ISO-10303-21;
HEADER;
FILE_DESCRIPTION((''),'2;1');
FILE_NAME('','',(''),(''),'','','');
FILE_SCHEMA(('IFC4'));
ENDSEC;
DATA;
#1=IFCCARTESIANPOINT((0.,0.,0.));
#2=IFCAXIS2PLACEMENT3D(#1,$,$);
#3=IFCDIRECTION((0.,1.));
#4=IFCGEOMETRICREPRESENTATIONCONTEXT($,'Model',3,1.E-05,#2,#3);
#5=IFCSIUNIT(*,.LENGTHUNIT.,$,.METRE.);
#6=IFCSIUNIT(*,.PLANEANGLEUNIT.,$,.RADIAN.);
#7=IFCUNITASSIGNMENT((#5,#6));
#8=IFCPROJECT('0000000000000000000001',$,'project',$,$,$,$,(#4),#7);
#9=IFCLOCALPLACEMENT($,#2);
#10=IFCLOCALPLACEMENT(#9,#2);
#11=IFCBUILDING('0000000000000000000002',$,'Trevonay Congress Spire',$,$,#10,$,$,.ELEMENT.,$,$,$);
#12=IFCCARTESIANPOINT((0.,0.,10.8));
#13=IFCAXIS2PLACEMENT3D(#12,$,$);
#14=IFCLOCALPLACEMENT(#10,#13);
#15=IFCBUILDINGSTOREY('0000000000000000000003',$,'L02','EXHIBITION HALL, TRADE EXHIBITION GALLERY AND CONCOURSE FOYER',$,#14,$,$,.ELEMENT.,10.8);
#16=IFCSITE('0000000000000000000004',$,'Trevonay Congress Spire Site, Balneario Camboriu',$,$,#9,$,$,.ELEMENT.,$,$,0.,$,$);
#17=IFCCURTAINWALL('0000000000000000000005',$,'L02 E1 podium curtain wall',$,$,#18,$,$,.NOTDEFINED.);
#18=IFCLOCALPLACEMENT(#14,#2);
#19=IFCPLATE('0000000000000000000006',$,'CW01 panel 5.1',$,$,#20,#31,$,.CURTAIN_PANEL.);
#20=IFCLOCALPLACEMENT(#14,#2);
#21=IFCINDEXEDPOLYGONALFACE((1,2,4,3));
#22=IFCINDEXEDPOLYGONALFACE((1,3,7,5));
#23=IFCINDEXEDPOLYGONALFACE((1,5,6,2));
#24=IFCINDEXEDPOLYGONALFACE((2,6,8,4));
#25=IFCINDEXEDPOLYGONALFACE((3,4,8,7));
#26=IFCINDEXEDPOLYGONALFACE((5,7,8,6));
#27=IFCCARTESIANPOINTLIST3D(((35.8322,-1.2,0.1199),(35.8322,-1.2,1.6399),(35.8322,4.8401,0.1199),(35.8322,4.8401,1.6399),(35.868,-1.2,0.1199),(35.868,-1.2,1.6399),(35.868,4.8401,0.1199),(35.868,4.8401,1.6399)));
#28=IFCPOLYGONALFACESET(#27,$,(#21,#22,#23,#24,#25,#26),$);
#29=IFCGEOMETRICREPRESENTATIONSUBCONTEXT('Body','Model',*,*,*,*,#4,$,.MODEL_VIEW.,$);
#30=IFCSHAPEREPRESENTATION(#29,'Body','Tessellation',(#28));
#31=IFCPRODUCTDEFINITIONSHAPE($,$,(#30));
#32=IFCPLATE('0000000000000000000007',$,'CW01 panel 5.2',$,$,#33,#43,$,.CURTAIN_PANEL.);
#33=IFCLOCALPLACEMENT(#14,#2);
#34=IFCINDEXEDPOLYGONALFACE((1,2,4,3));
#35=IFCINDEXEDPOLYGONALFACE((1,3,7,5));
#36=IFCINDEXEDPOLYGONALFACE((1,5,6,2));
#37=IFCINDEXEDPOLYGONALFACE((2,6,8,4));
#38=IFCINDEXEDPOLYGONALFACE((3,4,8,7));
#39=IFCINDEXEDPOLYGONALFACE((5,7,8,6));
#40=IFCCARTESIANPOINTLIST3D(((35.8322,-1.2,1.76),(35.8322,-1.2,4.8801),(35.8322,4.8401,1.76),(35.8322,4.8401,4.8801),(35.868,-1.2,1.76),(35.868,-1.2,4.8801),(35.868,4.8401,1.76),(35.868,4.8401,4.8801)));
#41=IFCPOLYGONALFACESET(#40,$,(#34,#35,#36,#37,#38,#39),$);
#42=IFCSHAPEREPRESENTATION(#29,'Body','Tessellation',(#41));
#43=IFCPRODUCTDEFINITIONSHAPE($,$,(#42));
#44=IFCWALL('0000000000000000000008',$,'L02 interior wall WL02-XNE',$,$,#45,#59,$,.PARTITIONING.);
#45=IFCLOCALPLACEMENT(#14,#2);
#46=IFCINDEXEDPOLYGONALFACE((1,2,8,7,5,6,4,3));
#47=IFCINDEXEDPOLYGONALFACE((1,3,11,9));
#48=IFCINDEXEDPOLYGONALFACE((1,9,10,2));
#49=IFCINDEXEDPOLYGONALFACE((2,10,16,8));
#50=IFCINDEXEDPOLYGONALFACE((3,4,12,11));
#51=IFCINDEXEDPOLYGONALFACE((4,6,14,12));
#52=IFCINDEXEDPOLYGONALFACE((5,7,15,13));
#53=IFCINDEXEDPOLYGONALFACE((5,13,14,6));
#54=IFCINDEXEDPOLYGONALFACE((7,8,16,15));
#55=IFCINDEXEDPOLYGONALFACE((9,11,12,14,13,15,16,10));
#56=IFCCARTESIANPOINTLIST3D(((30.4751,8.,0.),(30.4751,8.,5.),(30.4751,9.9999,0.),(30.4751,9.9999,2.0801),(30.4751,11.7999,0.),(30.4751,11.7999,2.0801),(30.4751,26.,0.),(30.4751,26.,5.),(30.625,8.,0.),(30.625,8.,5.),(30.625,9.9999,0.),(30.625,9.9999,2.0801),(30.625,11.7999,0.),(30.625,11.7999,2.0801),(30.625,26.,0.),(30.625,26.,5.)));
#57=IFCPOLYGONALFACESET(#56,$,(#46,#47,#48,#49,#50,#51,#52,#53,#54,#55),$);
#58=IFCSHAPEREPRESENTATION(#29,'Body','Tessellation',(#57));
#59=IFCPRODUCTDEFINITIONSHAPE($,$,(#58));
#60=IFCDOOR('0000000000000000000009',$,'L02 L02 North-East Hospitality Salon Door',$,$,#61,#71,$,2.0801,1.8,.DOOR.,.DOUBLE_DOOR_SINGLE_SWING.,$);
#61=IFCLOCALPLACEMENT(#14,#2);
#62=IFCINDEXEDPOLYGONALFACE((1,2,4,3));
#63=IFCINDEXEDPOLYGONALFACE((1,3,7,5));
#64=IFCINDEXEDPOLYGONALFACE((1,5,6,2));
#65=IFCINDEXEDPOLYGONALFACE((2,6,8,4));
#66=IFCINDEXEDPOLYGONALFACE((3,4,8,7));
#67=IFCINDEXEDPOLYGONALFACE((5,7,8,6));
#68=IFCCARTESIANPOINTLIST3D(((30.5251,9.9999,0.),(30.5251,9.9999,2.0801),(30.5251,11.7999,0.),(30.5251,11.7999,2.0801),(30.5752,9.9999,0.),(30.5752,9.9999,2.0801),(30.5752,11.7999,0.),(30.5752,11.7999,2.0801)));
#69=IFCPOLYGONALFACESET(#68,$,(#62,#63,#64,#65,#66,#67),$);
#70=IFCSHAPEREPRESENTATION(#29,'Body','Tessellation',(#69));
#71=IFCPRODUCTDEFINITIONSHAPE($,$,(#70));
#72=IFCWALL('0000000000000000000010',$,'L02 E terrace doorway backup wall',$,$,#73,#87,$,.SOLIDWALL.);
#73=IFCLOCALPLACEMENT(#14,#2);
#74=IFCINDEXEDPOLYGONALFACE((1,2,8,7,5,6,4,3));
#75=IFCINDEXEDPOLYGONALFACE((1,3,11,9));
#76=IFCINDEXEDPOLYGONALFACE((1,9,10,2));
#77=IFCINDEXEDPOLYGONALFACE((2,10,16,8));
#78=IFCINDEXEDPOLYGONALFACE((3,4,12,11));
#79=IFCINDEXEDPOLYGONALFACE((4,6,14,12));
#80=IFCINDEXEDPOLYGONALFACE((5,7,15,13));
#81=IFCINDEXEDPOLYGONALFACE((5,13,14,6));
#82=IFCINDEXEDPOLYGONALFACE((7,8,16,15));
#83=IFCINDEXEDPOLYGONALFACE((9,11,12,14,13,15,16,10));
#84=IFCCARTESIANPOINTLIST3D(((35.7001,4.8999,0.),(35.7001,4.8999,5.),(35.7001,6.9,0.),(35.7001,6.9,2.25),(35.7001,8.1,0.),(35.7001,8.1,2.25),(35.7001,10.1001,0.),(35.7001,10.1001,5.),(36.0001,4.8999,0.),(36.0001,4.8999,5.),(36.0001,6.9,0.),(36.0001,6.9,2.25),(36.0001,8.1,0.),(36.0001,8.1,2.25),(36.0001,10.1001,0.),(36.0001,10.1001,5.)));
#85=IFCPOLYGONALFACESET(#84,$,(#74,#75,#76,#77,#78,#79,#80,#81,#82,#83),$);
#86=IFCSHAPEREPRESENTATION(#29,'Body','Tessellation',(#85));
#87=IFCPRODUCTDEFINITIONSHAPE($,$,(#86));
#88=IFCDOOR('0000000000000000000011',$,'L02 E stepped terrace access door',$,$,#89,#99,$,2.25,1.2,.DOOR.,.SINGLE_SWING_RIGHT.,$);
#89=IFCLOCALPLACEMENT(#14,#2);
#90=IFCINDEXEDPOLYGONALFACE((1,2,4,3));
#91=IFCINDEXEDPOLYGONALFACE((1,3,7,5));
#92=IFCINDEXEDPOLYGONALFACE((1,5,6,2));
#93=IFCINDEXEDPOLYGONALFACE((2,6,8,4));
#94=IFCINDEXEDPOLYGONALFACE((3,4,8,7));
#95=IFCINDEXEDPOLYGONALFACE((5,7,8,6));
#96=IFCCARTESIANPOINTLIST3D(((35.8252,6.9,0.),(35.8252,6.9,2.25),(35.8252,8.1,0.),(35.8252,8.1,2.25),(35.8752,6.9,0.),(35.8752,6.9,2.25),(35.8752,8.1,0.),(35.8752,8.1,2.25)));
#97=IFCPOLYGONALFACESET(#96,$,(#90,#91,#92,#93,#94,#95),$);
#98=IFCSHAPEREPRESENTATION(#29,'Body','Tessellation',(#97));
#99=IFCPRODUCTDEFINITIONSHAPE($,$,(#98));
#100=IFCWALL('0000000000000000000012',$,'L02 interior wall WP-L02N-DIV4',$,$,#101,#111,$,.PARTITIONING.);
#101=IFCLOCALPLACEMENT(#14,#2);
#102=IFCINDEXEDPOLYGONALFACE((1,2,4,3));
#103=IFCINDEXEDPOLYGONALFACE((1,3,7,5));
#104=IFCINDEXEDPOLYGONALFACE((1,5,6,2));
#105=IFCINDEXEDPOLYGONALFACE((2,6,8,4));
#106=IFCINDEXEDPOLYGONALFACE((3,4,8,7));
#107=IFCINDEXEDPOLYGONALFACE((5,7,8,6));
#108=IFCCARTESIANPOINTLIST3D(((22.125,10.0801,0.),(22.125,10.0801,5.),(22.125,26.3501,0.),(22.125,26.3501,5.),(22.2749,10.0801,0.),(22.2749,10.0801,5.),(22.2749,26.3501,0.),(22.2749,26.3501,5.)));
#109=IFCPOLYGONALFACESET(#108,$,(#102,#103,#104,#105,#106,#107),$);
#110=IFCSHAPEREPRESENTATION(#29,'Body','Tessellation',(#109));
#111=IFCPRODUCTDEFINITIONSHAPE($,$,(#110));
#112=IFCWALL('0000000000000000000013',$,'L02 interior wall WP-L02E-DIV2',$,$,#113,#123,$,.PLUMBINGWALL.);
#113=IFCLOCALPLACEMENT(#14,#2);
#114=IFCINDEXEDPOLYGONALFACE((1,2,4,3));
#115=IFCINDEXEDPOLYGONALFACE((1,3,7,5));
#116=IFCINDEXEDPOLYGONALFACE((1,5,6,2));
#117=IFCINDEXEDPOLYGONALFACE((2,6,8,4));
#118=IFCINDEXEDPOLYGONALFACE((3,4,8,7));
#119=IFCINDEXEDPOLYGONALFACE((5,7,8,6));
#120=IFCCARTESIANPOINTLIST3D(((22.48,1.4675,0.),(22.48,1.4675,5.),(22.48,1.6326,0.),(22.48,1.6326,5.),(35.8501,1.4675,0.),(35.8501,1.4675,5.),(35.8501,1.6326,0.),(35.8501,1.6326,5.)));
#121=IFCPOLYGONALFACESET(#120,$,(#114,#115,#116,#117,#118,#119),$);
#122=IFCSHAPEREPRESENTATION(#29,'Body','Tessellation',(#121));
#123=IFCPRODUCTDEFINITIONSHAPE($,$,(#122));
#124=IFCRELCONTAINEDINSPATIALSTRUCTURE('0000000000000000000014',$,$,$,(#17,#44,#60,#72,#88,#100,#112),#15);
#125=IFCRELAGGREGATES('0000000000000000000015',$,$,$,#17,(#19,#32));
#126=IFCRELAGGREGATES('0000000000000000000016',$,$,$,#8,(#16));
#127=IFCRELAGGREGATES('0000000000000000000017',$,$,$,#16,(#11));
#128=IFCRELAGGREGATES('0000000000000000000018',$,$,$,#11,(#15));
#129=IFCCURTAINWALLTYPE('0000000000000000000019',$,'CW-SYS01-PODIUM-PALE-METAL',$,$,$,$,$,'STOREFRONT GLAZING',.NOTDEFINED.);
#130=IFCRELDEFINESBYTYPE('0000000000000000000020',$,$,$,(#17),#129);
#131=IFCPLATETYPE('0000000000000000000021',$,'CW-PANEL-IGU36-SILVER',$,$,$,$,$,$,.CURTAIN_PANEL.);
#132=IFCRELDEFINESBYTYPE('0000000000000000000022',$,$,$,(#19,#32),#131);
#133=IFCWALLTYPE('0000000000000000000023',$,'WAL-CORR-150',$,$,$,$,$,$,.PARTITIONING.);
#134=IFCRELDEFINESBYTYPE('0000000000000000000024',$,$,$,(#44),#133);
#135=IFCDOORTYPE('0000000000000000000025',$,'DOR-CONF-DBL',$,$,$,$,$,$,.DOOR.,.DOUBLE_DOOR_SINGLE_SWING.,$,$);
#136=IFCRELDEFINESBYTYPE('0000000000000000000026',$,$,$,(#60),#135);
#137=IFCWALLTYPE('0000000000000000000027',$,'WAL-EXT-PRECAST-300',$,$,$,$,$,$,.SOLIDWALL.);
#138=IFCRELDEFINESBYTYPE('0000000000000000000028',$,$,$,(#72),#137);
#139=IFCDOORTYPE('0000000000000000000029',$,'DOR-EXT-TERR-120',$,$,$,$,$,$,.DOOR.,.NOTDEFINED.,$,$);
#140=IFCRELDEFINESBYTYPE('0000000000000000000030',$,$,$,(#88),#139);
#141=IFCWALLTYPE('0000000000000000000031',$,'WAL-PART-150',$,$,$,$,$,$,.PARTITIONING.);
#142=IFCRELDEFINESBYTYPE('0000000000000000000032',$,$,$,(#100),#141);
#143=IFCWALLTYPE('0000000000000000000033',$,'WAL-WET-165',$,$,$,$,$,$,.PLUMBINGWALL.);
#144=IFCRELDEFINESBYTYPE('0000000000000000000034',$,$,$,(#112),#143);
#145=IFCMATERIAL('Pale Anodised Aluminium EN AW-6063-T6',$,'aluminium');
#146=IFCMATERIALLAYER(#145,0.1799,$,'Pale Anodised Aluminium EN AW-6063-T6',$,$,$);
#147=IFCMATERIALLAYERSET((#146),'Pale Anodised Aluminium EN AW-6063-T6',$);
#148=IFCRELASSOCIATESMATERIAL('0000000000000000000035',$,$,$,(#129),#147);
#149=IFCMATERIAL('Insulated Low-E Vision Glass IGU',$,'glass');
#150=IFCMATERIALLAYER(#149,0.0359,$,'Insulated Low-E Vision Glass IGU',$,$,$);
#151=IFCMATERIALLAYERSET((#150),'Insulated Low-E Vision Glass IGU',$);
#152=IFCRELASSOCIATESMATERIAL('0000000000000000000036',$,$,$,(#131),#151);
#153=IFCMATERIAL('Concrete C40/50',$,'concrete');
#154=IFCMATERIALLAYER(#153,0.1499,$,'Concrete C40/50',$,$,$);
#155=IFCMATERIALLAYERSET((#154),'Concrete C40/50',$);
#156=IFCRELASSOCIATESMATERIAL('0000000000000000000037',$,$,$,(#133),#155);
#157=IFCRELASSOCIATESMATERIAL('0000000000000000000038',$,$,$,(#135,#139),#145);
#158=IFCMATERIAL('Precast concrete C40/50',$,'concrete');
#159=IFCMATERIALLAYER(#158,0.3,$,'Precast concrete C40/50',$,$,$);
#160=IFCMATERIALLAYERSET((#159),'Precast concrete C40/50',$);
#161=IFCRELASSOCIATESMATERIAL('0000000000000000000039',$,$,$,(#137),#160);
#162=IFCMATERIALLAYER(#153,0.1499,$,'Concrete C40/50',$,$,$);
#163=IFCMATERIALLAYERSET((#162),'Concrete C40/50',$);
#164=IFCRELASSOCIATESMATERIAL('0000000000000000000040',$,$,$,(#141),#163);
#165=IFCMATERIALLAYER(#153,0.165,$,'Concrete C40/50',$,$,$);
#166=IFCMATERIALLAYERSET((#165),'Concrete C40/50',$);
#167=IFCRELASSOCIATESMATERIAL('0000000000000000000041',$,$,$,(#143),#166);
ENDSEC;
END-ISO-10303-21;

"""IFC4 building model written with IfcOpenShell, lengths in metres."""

from ifc_helpers import new_model, si_unit, direction, frame, frame_2d, origin, origin_2d, place, context, subcontext, project, spatial, rectangle, extrude, material, layer, layer_set, type_object, element, fill, aggregate, save


model = new_model("IFC4")

# Units and contexts
model_context = context("Model", 3, precision=1e-05, world=origin(), true_north=direction((0.0, 1.0)))
body_context = subcontext(model_context, "Body", "Model", "MODEL_VIEW")
ifc_project = project(units=[si_unit("LENGTHUNIT", "METRE"), si_unit("PLANEANGLEUNIT", "RADIAN")], contexts=[model_context])

# Site, building, storey
site_placement = place(None, origin())
site = spatial("IfcSite", under=ifc_project, at=site_placement, Name="Trevonay Congress Spire Site, Balneario Camboriu", CompositionType="ELEMENT", RefElevation=0.0)
building_placement = place(site_placement, origin())
building = spatial("IfcBuilding", under=site, at=building_placement, Name="Trevonay Congress Spire", CompositionType="ELEMENT")
storey_placement = place(building_placement, frame((0.0, 0.0, 10.8)))
storey = spatial("IfcBuildingStorey", under=building, at=storey_placement, Name="L02", Description="EXHIBITION HALL, TRADE EXHIBITION GALLERY AND CONCOURSE FOYER", CompositionType="ELEMENT", Elevation=10.8)

# Curtain wall
ifc_material_1 = material(Name="Pale Anodised Aluminium EN AW-6063-T6", Category="aluminium")
ifc_layer_1 = layer(ifc_material_1, 0.1799, Name="Pale Anodised Aluminium EN AW-6063-T6")
ifc_layer_set_1 = layer_set([ifc_layer_1], Name="Pale Anodised Aluminium EN AW-6063-T6")
curtain_wall_type = type_object("IfcCurtainWallType", Name="CW-SYS01-PODIUM-PALE-METAL", ElementType="STOREFRONT GLAZING", PredefinedType="NOTDEFINED", material=ifc_layer_set_1)
curtain_wall_1_placement = place(storey_placement, origin())
curtain_wall_1 = element("IfcCurtainWall", 1, at=curtain_wall_1_placement, inside=storey, type_object=curtain_wall_type, Name="L02 E1 podium curtain wall", PredefinedType="NOTDEFINED")

# Plates
ifc_material_2 = material(Name="Insulated Low-E Vision Glass IGU", Category="glass")
ifc_layer_2 = layer(ifc_material_2, 0.0359, Name="Insulated Low-E Vision Glass IGU")
ifc_layer_set_2 = layer_set([ifc_layer_2], Name="Insulated Low-E Vision Glass IGU")
plate_type = type_object("IfcPlateType", Name="CW-PANEL-IGU36-SILVER", PredefinedType="CURTAIN_PANEL", material=ifc_layer_set_2)
plate_1_placement = place(storey_placement, frame((35.8501, 1.8201, 0.1199), z_axis=(0.0, 0.0, 1.0), x_axis=(0.0, 1.0, 0.0)))
plate_1 = element("IfcPlate", 2, at=plate_1_placement, type_object=plate_type, Name="CW01 panel 5.1", PredefinedType="CURTAIN_PANEL", context=body_context, shape_type="SweptSolid", body=[
    extrude(rectangle(XDim=6.04, YDim=0.0359, at=origin_2d()), origin(), (0.0, 0.0, 1.0), 1.52),
])
plate_2_placement = place(storey_placement, frame((35.8501, 1.8201, 1.76), z_axis=(0.0, 0.0, 1.0), x_axis=(0.0, 1.0, 0.0)))
plate_2 = element("IfcPlate", 3, at=plate_2_placement, type_object=plate_type, Name="CW01 panel 5.2", PredefinedType="CURTAIN_PANEL", context=body_context, shape_type="SweptSolid", body=[
    extrude(rectangle(XDim=6.04, YDim=0.0359, at=origin_2d()), origin(), (0.0, 0.0, 1.0), 3.1201),
])
aggregate(curtain_wall_1, [plate_1, plate_2])

# Walls, openings, doors
ifc_material_3 = material(Name="Concrete C40/50", Category="concrete")
ifc_layer_3 = layer(ifc_material_3, 0.1499, Name="Concrete C40/50")
ifc_layer_set_3 = layer_set([ifc_layer_3], Name="Concrete C40/50")
wall_type_1 = type_object("IfcWallType", Name="WAL-CORR-150", PredefinedType="PARTITIONING", material=ifc_layer_set_3)
wall_1_placement = place(storey_placement, frame((30.55, 8.0, 0.0), z_axis=(0.0, 0.0, 1.0), x_axis=(0.0, 1.0, 0.0)))
wall_1 = element("IfcWall", 4, at=wall_1_placement, inside=storey, type_object=wall_type_1, Name="L02 interior wall WL02-XNE", PredefinedType="PARTITIONING", context=body_context, shape_type="SweptSolid", body=[
    extrude(rectangle(XDim=18.0, YDim=0.1499, at=frame_2d((9.0, 0.0))), origin(), (0.0, 0.0, 1.0), 5.0),
])
opening_1_placement = place(wall_1_placement, frame((2.0, 0.0, 0.0)))
opening_1 = element("IfcOpeningElement", 5, at=opening_1_placement, cuts=wall_1, PredefinedType="OPENING", context=body_context, shape_type="SweptSolid", body=[
    extrude(rectangle(XDim=1.8, YDim=2.0801, at=frame_2d((0.8999, 1.04))), frame((0.0, 0.085, 0.0), z_axis=(0.0, -1.0, 0.0), x_axis=(1.0, 0.0, 0.0)), (0.0, 0.0, 1.0), 0.1699),
])
door_type_1 = type_object("IfcDoorType", Name="DOR-CONF-DBL", OperationType="DOUBLE_DOOR_SINGLE_SWING", PredefinedType="DOOR", material=ifc_material_1)
door_1_placement = place(opening_1_placement, origin())
door_1 = element("IfcDoor", 6, at=door_1_placement, inside=storey, type_object=door_type_1, Name="L02 L02 North-East Hospitality Salon Door", OperationType="DOUBLE_DOOR_SINGLE_SWING", OverallHeight=2.0801, OverallWidth=1.8, PredefinedType="DOOR", context=body_context, shape_type="SweptSolid", body=[
    extrude(rectangle(XDim=1.8, YDim=2.0801, at=frame_2d((0.8999, 1.04))), frame((0.0, 0.0249, 0.0), z_axis=(0.0, -1.0, 0.0), x_axis=(1.0, 0.0, 0.0)), (0.0, 0.0, 1.0), 0.05),
])
fill(opening_1, door_1)
ifc_material_4 = material(Name="Precast concrete C40/50", Category="concrete")
ifc_layer_4 = layer(ifc_material_4, 0.3, Name="Precast concrete C40/50")
ifc_layer_set_4 = layer_set([ifc_layer_4], Name="Precast concrete C40/50")
wall_type_2 = type_object("IfcWallType", Name="WAL-EXT-PRECAST-300", PredefinedType="SOLIDWALL", material=ifc_layer_set_4)
wall_2_placement = place(storey_placement, frame((35.8501, 4.8999, 0.0), z_axis=(0.0, 0.0, 1.0), x_axis=(0.0, 1.0, 0.0)))
wall_2 = element("IfcWall", 7, at=wall_2_placement, inside=storey, type_object=wall_type_2, Name="L02 E terrace doorway backup wall", PredefinedType="SOLIDWALL", context=body_context, shape_type="SweptSolid", body=[
    extrude(rectangle(XDim=5.2002, YDim=0.3, at=frame_2d((2.6001, 0.0))), origin(), (0.0, 0.0, 1.0), 5.0),
])
opening_2_placement = place(wall_2_placement, frame((2.0, 0.0, 0.0)))
opening_2 = element("IfcOpeningElement", 8, at=opening_2_placement, cuts=wall_2, PredefinedType="OPENING", context=body_context, shape_type="SweptSolid", body=[
    extrude(rectangle(XDim=1.2, YDim=2.25, at=frame_2d((0.6001, 1.125))), frame((0.0, 0.1602, 0.0), z_axis=(0.0, -1.0, 0.0), x_axis=(1.0, 0.0, 0.0)), (0.0, 0.0, 1.0), 0.3201),
])
door_type_2 = type_object("IfcDoorType", Name="DOR-EXT-TERR-120", OperationType="NOTDEFINED", PredefinedType="DOOR", material=ifc_material_1)
door_2_placement = place(opening_2_placement, origin())
door_2 = element("IfcDoor", 9, at=door_2_placement, inside=storey, type_object=door_type_2, Name="L02 E stepped terrace access door", OperationType="SINGLE_SWING_RIGHT", OverallHeight=2.25, OverallWidth=1.2, PredefinedType="DOOR", context=body_context, shape_type="SweptSolid", body=[
    extrude(rectangle(XDim=1.2, YDim=2.25, at=frame_2d((0.6001, 1.125))), frame((0.0, 0.0249, 0.0), z_axis=(0.0, -1.0, 0.0), x_axis=(1.0, 0.0, 0.0)), (0.0, 0.0, 1.0), 0.05),
])
fill(opening_2, door_2)

# Walls
ifc_layer_5 = layer(ifc_material_3, 0.1499, Name="Concrete C40/50")
ifc_layer_set_5 = layer_set([ifc_layer_5], Name="Concrete C40/50")
wall_type_3 = type_object("IfcWallType", Name="WAL-PART-150", PredefinedType="PARTITIONING", material=ifc_layer_set_5)
wall_3_placement = place(storey_placement, frame((22.2, 10.0801, 0.0), z_axis=(0.0, 0.0, 1.0), x_axis=(0.0, 1.0, 0.0)))
element("IfcWall", 10, at=wall_3_placement, inside=storey, type_object=wall_type_3, Name="L02 interior wall WP-L02N-DIV4", PredefinedType="PARTITIONING", context=body_context, shape_type="SweptSolid", body=[
    extrude(rectangle(XDim=16.27, YDim=0.1499, at=frame_2d((8.135, 0.0))), origin(), (0.0, 0.0, 1.0), 5.0),
])
ifc_layer_6 = layer(ifc_material_3, 0.165, Name="Concrete C40/50")
ifc_layer_set_6 = layer_set([ifc_layer_6], Name="Concrete C40/50")
wall_type_4 = type_object("IfcWallType", Name="WAL-WET-165", PredefinedType="PLUMBINGWALL", material=ifc_layer_set_6)
wall_4_placement = place(storey_placement, frame((22.48, 1.55, 0.0), z_axis=(0.0, 0.0, 1.0), x_axis=(1.0, 0.0, 0.0)))
element("IfcWall", 11, at=wall_4_placement, inside=storey, type_object=wall_type_4, Name="L02 interior wall WP-L02E-DIV2", PredefinedType="PLUMBINGWALL", context=body_context, shape_type="SweptSolid", body=[
    extrude(rectangle(XDim=13.3701, YDim=0.165, at=frame_2d((6.6851, 0.0))), origin(), (0.0, 0.0, 1.0), 5.0),
])

save(model, "model.ifc")
